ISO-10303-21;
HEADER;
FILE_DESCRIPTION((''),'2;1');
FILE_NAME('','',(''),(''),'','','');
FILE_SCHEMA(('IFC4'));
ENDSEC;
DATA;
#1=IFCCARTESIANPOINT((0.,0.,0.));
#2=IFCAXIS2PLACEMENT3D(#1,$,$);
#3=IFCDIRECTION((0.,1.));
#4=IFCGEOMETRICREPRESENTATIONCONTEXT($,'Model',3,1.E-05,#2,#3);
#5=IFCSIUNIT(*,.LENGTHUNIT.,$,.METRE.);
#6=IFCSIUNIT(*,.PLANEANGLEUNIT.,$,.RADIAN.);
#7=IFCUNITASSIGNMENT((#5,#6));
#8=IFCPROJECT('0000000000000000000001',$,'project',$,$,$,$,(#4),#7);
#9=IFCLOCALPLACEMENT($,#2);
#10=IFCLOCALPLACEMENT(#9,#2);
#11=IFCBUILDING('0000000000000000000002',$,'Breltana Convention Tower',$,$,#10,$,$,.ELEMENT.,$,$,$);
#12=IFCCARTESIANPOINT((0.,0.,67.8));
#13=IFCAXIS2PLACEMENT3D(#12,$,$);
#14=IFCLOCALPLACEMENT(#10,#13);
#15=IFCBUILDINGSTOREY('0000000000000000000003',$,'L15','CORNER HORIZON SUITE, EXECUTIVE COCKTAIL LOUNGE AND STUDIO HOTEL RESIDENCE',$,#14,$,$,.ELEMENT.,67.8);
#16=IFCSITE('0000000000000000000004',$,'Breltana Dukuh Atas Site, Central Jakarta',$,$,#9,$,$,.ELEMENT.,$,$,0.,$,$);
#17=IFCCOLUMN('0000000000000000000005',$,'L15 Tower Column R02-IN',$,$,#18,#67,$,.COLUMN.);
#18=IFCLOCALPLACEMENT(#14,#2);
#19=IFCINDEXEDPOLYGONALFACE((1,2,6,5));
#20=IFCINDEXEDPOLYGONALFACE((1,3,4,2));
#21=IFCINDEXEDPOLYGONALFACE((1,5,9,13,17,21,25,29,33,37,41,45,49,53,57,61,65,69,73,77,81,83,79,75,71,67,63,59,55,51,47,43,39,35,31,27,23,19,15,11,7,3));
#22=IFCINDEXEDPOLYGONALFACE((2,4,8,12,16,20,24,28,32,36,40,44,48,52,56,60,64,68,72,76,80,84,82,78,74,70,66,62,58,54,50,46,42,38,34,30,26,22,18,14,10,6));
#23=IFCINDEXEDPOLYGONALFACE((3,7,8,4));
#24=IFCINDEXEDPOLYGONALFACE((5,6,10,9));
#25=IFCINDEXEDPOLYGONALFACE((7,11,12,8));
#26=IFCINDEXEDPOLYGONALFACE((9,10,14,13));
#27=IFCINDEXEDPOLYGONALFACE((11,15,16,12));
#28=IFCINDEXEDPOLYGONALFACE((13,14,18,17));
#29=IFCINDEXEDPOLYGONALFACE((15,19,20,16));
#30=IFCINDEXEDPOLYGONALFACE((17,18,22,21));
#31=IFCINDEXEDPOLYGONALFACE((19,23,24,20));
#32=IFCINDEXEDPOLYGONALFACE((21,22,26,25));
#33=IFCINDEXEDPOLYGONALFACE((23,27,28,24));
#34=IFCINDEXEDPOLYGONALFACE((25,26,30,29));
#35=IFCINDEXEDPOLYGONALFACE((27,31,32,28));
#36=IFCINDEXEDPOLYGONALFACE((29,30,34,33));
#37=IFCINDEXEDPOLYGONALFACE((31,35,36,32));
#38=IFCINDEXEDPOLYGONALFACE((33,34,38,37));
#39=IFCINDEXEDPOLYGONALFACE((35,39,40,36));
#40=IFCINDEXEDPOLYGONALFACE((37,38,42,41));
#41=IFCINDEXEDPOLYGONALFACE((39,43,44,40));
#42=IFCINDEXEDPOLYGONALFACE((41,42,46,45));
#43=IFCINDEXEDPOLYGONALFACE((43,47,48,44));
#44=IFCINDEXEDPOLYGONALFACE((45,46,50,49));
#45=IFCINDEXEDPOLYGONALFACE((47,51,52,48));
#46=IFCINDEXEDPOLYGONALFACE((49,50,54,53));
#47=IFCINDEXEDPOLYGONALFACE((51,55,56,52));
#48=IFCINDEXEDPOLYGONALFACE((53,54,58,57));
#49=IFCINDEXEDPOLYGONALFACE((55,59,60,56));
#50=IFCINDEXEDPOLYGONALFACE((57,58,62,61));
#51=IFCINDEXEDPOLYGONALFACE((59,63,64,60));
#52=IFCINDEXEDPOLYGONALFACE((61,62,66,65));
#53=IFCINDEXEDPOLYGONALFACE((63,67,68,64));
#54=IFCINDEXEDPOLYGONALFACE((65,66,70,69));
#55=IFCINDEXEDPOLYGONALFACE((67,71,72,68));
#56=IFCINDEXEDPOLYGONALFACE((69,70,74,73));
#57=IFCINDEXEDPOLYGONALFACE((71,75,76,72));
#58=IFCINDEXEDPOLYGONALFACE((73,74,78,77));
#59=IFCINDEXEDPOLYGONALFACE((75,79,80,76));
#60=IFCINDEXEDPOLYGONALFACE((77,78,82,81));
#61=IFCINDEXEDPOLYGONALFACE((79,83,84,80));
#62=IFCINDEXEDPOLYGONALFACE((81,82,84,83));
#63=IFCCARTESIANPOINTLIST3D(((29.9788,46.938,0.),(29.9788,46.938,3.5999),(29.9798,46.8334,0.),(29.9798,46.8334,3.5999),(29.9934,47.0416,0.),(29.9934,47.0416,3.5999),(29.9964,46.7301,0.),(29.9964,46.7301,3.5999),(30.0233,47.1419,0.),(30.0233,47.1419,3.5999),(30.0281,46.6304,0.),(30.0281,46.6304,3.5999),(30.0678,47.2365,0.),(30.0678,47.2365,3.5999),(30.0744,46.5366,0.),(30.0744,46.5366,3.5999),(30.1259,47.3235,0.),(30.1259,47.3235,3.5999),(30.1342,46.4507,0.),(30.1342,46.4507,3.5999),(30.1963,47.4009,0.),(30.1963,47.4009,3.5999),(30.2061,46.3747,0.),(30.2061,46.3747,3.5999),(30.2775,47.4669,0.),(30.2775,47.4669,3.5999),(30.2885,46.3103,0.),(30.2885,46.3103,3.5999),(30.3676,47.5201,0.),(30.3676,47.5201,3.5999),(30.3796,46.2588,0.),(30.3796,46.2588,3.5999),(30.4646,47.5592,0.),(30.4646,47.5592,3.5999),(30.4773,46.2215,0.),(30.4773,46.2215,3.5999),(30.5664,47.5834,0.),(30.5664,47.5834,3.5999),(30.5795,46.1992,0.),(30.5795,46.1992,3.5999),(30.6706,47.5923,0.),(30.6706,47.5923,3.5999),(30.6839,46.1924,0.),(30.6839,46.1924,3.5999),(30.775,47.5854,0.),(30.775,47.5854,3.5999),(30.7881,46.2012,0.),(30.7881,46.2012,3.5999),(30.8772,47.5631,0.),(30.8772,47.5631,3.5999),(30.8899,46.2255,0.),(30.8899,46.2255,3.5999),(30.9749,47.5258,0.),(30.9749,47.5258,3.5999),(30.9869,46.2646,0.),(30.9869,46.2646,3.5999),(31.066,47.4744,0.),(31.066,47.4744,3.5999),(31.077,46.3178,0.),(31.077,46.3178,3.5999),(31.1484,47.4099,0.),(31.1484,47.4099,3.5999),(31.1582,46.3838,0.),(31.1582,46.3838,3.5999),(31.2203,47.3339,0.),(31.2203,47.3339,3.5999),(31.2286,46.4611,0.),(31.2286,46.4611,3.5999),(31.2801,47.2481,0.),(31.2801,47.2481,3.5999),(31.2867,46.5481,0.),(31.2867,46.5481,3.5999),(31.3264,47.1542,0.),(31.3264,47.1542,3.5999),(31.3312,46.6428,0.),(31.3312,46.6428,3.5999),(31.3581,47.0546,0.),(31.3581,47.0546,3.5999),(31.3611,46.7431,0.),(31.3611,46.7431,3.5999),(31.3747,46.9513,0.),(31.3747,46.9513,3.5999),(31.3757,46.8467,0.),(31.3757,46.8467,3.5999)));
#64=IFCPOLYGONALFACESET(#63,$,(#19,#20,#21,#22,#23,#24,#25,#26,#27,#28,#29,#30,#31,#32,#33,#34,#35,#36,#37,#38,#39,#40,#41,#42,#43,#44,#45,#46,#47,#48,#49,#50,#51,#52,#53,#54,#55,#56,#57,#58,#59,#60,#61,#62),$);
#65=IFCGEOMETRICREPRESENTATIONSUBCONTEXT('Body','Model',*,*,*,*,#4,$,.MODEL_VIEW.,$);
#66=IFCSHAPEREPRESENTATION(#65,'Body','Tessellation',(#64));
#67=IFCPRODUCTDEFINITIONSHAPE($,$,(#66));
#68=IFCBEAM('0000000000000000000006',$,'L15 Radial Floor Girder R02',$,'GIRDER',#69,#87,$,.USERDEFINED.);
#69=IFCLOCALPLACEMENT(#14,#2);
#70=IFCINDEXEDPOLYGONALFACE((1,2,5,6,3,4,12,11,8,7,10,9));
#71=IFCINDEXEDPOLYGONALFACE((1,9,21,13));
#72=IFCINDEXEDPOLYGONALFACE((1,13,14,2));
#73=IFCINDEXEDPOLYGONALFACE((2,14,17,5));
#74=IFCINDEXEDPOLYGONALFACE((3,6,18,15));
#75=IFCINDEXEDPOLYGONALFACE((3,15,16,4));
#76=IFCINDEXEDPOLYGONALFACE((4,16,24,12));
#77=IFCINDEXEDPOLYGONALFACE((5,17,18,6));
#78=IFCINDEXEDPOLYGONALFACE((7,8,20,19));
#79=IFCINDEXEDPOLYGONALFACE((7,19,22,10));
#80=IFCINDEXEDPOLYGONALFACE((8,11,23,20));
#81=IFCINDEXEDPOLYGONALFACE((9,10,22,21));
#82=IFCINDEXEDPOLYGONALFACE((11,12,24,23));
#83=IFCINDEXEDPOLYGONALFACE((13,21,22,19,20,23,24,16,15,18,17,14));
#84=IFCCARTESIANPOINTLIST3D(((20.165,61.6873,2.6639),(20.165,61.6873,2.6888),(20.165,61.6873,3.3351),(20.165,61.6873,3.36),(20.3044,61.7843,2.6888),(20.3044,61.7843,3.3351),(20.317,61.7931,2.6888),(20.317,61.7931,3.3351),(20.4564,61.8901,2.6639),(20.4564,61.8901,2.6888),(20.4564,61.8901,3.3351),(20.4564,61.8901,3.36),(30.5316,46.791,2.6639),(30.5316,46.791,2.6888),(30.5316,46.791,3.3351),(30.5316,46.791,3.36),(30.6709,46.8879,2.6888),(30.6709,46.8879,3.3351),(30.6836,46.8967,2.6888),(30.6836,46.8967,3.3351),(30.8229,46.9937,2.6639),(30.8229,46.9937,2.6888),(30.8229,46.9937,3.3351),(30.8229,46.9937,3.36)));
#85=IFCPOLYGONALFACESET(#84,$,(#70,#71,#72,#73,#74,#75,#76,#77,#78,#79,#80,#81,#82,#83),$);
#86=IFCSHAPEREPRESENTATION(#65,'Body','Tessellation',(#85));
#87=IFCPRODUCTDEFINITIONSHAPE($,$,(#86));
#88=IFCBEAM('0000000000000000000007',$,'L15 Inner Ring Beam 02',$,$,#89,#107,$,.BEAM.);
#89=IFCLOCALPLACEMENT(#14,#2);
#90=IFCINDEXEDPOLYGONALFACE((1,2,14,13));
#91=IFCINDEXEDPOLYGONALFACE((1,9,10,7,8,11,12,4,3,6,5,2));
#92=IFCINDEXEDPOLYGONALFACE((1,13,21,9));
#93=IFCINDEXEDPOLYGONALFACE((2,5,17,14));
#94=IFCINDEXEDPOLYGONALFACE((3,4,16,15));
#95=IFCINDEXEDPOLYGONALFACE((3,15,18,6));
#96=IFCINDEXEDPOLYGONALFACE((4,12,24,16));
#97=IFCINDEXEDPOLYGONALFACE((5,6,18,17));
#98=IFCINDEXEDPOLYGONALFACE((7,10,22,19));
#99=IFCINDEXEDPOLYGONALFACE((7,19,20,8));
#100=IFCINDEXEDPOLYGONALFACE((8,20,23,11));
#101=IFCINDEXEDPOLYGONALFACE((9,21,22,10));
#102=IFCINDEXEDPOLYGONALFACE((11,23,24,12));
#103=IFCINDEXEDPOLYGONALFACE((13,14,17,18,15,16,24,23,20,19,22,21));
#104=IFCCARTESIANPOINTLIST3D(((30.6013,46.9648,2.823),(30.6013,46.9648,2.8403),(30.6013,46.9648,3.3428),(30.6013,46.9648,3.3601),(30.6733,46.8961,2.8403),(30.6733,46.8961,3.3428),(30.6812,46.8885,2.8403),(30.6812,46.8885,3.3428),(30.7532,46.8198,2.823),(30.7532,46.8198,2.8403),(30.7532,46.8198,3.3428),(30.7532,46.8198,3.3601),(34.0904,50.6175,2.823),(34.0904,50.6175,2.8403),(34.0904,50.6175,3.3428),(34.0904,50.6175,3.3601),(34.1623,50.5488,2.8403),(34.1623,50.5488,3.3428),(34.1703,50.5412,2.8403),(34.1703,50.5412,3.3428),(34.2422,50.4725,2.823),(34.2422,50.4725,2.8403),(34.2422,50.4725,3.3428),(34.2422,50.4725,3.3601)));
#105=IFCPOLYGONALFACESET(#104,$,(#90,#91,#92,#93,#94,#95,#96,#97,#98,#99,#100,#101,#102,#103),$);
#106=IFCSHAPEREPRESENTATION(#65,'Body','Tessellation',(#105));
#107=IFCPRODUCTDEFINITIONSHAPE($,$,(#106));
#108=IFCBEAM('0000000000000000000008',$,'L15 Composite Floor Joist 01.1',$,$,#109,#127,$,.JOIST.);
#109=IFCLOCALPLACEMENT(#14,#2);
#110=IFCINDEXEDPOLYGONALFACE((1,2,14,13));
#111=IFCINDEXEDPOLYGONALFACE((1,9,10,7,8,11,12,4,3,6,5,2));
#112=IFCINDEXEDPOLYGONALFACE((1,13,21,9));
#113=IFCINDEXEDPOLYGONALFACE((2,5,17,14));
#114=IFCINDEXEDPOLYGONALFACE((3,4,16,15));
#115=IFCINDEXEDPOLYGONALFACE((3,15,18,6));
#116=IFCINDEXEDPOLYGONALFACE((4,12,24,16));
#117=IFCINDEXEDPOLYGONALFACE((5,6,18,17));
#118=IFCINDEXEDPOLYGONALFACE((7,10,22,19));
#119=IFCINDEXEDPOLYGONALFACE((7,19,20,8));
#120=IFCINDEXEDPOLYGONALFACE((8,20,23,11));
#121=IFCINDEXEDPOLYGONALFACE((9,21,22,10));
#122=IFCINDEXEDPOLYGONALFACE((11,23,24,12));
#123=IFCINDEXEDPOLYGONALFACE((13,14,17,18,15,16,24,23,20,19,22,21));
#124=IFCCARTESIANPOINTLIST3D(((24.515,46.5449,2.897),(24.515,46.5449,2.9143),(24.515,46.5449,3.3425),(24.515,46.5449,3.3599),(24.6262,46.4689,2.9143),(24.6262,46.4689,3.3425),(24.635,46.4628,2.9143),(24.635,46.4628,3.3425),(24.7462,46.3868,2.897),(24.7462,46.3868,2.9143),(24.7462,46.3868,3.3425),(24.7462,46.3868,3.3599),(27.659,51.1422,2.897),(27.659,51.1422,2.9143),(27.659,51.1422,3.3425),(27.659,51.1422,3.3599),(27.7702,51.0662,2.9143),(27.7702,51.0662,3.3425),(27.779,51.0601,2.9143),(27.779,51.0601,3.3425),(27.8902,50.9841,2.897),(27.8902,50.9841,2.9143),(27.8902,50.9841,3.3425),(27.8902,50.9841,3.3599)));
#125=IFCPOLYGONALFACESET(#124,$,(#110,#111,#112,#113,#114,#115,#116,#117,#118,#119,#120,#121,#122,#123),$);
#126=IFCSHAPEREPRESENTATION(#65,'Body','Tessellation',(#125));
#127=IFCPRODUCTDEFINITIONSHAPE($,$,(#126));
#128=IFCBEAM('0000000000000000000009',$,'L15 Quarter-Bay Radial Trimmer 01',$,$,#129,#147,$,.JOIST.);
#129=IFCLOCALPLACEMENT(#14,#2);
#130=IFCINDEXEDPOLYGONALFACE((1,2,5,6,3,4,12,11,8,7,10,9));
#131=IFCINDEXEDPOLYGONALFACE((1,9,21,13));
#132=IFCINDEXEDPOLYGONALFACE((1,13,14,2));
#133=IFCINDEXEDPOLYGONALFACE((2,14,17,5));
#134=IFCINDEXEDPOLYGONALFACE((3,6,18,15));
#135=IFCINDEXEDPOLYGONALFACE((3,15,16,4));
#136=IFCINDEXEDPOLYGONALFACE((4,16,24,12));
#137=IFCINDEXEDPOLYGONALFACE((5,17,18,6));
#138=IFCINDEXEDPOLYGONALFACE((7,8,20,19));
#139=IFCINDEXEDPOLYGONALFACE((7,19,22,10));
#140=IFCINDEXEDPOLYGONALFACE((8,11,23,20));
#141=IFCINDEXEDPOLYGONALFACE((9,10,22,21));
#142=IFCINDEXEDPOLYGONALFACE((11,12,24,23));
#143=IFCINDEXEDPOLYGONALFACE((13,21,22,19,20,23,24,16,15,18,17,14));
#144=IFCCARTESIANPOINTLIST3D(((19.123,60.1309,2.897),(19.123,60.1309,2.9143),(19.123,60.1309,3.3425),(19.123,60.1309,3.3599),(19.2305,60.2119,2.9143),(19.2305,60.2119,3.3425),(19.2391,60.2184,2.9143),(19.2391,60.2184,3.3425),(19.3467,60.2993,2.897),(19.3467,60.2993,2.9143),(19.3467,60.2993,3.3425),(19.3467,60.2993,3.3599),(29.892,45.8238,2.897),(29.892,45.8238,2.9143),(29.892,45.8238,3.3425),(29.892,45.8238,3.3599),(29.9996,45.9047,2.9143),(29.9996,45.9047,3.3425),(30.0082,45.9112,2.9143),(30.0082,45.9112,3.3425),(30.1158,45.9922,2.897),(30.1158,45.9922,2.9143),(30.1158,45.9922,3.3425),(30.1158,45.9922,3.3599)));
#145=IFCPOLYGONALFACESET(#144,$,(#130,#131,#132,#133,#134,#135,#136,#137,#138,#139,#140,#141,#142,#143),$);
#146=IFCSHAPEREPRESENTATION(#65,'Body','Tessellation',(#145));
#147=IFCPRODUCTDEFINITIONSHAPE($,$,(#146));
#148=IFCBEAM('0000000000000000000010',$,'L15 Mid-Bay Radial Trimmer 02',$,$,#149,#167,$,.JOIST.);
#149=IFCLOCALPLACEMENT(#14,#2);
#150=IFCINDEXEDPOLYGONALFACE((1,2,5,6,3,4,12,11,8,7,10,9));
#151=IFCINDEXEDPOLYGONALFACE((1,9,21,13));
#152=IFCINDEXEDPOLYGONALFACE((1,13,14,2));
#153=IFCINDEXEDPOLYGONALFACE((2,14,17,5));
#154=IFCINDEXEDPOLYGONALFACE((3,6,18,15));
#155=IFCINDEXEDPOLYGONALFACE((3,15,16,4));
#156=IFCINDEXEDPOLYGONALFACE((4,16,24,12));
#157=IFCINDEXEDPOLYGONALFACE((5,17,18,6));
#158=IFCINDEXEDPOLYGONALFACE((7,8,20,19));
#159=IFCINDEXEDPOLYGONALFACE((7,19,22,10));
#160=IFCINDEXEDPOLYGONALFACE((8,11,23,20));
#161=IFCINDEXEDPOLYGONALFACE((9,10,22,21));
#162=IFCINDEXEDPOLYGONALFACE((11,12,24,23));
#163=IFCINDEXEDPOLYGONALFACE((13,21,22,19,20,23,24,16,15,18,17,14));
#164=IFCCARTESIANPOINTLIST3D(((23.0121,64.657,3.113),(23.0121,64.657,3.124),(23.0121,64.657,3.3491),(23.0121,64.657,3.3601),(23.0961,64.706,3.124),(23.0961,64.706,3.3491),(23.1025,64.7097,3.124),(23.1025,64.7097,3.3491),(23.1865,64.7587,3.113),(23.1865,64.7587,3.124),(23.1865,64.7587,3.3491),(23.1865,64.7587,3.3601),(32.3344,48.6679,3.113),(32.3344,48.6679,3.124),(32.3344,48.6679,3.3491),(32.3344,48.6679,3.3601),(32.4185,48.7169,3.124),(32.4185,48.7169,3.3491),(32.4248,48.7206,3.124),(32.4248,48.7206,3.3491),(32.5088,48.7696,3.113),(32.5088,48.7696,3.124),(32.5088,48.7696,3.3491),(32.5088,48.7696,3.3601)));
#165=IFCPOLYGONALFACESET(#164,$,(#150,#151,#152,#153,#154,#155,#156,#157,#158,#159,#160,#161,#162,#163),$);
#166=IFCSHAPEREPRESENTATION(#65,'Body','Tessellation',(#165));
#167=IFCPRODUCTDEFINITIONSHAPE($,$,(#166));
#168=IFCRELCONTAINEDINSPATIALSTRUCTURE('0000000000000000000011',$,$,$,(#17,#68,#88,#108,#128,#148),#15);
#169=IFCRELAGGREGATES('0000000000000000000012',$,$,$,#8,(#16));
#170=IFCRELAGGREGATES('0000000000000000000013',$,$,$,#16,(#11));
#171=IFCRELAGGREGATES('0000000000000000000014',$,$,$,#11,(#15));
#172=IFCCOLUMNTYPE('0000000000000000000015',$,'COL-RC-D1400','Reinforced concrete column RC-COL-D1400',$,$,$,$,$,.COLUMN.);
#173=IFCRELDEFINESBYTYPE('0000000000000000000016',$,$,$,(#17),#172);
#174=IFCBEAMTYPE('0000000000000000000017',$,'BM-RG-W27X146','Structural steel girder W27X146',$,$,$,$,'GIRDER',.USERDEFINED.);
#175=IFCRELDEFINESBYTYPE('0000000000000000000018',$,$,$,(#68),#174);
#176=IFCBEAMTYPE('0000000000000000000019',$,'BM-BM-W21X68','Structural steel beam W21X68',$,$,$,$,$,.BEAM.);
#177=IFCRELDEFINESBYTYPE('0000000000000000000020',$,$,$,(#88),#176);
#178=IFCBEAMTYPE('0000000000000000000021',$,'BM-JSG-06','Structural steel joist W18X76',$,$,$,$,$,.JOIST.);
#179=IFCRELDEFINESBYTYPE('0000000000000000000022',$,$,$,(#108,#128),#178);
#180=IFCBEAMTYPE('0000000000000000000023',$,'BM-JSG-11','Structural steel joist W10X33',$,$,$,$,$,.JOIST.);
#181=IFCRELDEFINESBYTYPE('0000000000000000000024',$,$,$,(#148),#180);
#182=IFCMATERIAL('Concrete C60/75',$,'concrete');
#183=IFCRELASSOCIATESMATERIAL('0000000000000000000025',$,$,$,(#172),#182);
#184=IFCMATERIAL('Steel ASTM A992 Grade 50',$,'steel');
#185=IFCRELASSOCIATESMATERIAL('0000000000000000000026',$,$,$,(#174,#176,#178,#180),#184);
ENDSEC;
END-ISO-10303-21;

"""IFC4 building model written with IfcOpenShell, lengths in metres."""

from ifc_helpers import new_model, si_unit, direction, frame, origin, origin_2d, place, context, subcontext, project, spatial, circle, i_section, extrude, source, transform, mapped, material, material_profile, profile_set, type_object, type_shapes, element, save


model = new_model("IFC4")

# Units and contexts
model_context = context("Model", 3, precision=1e-05, world=origin(), true_north=direction((0.0, 1.0)))
body_context = subcontext(model_context, "Body", "Model", "MODEL_VIEW")
ifc_project = project(units=[si_unit("LENGTHUNIT", "METRE"), si_unit("PLANEANGLEUNIT", "RADIAN")], contexts=[model_context])

# Site, building, storey
site_placement = place(None, origin())
site = spatial("IfcSite", under=ifc_project, at=site_placement, Name="Breltana Dukuh Atas Site, Central Jakarta", CompositionType="ELEMENT", RefElevation=0.0)
building_placement = place(site_placement, origin())
building = spatial("IfcBuilding", under=site, at=building_placement, Name="Breltana Convention Tower", CompositionType="ELEMENT")
storey_placement = place(building_placement, frame((0.0, 0.0, 67.8)))
storey = spatial("IfcBuildingStorey", under=building, at=storey_placement, Name="L15", Description="CORNER HORIZON SUITE, EXECUTIVE COCKTAIL LOUNGE AND STUDIO HOTEL RESIDENCE", CompositionType="ELEMENT", Elevation=67.8)

# Column
ifc_material_1 = material(Name="Concrete C60/75", Category="concrete")
ifc_material_profile_1 = material_profile(ifc_material_1, circle(Radius=0.7, at=origin_2d()), Name="RC-COL-D1400")
ifc_profile_set_1 = profile_set([ifc_material_profile_1], Name="Concrete C60/75")
column_type = type_object("IfcColumnType", Name="COL-RC-D1400", Description="Reinforced concrete column RC-COL-D1400", PredefinedType="COLUMN", material=ifc_profile_set_1)
shared_shape_1 = source(origin(), body_context, "Body", "SweptSolid", [
    extrude(circle(Radius=0.7, at=origin_2d()), origin(), (0.0, 0.0, 1.0), 3.5999),
])
column_placement = place(storey_placement, frame((30.6772, 46.8923, 0.0), z_axis=(0.0, 0.0, 1.0), x_axis=(-0.571143, 0.82085, 0.0)))
element("IfcColumn", 1, at=column_placement, inside=storey, type_object=column_type, Name="L15 Tower Column R02-IN", PredefinedType="COLUMN", context=body_context, shape_type="MappedRepresentation", body=[
    mapped(shared_shape_1, transform((0.0, 0.0, 0.0), scale=1.0)),
])

# Beams
ifc_material_2 = material(Name="Steel ASTM A992 Grade 50", Category="steel")
ifc_material_profile_2 = material_profile(ifc_material_2, i_section(OverallWidth=0.355, OverallDepth=0.696, WebThickness=0.0154, FlangeThickness=0.0249, at=origin_2d()), Name="W27X146")
ifc_profile_set_2 = profile_set([ifc_material_profile_2], Name="Steel ASTM A992 Grade 50")
beam_type_1 = type_object("IfcBeamType", Name="BM-RG-W27X146", Description="Structural steel girder W27X146", ElementType="GIRDER", PredefinedType="USERDEFINED", material=ifc_profile_set_2)
shared_shape_2 = source(origin(), body_context, "Body", "SweptSolid", [
    extrude(i_section(OverallWidth=0.355, OverallDepth=0.696, WebThickness=0.0154, FlangeThickness=0.0249, at=origin_2d()), origin(), (0.0, 0.0, 1.0), 18.1484),
])
beam_1_placement = place(storey_placement, frame((30.6772, 46.8923, 3.012), z_axis=(-0.571208, 0.820806, 0.0), x_axis=(-0.820806, -0.571208, 0.0)))
element("IfcBeam", 2, at=beam_1_placement, inside=storey, type_object=beam_type_1, Name="L15 Radial Floor Girder R02", ObjectType="GIRDER", PredefinedType="USERDEFINED", context=body_context, shape_type="MappedRepresentation", body=[
    mapped(shared_shape_2, transform((0.0, 0.0, 0.0), scale=1.0)),
])
ifc_material_profile_3 = material_profile(ifc_material_2, i_section(OverallWidth=0.21, OverallDepth=0.5371, WebThickness=0.011, FlangeThickness=0.0173, at=origin_2d()), Name="W21X68")
ifc_profile_set_3 = profile_set([ifc_material_profile_3], Name="Steel ASTM A992 Grade 50")
beam_type_2 = type_object("IfcBeamType", Name="BM-BM-W21X68", Description="Structural steel beam W21X68", PredefinedType="BEAM", material=ifc_profile_set_3)
shared_shape_3 = source(origin(), body_context, "Body", "SweptSolid", [
    extrude(i_section(OverallWidth=0.21, OverallDepth=0.5371, WebThickness=0.011, FlangeThickness=0.0173, at=origin_2d()), origin(), (0.0, 0.0, 1.0), 5.0513),
])
beam_2_placement = place(storey_placement, frame((30.6772, 46.8923, 3.0916), z_axis=(0.69073, 0.723113, 0.0), x_axis=(-0.723113, 0.69073, 0.0)))
element("IfcBeam", 3, at=beam_2_placement, inside=storey, type_object=beam_type_2, Name="L15 Inner Ring Beam 02", PredefinedType="BEAM", context=body_context, shape_type="MappedRepresentation", body=[
    mapped(shared_shape_3, transform((0.0, 0.0, 0.0), scale=1.0)),
])
ifc_material_profile_4 = material_profile(ifc_material_2, i_section(OverallWidth=0.28, OverallDepth=0.4629, WebThickness=0.0107, FlangeThickness=0.0173, at=origin_2d()), Name="W18X76")
ifc_profile_set_4 = profile_set([ifc_material_profile_4], Name="Steel ASTM A992 Grade 50")
beam_type_3 = type_object("IfcBeamType", Name="BM-JSG-06", Description="Structural steel joist W18X76", PredefinedType="JOIST", material=ifc_profile_set_4)
shared_shape_4 = source(origin(), body_context, "Body", "SweptSolid", [
    extrude(i_section(OverallWidth=0.28, OverallDepth=0.4629, WebThickness=0.0107, FlangeThickness=0.0173, at=origin_2d()), origin(), (0.0, 0.0, 1.0), 5.5696),
])
type_shapes(beam_type_3, [shared_shape_4])
beam_3_placement = place(storey_placement, frame((24.6306, 46.4658, 3.1284), z_axis=(0.564494, 0.825437, 0.0), x_axis=(-0.825437, 0.564494, 0.0)))
element("IfcBeam", 4, at=beam_3_placement, inside=storey, type_object=beam_type_3, Name="L15 Composite Floor Joist 01.1", PredefinedType="JOIST", context=body_context, shape_type="MappedRepresentation", body=[
    mapped(shared_shape_4, transform((0.0, 0.0, 0.0), scale=1.0)),
])
shared_shape_5 = source(origin(), body_context, "Body", "SweptSolid", [
    extrude(i_section(OverallWidth=0.28, OverallDepth=0.4629, WebThickness=0.0107, FlangeThickness=0.0173, at=origin_2d()), origin(), (0.0, 0.0, 1.0), 17.9072),
])
beam_4_placement = place(storey_placement, frame((30.0039, 45.908, 3.1284), z_axis=(-0.601382, 0.798962, 0.0), x_axis=(-0.798962, -0.601382, 0.0)))
element("IfcBeam", 5, at=beam_4_placement, inside=storey, type_object=beam_type_3, Name="L15 Quarter-Bay Radial Trimmer 01", PredefinedType="JOIST", context=body_context, shape_type="MappedRepresentation", body=[
    mapped(shared_shape_5, transform((0.0, 0.0, 0.0), scale=1.0)),
])
ifc_material_profile_5 = material_profile(ifc_material_2, i_section(OverallWidth=0.2019, OverallDepth=0.2471, WebThickness=0.0073, FlangeThickness=0.011, at=origin_2d()), Name="W10X33")
ifc_profile_set_5 = profile_set([ifc_material_profile_5], Name="Steel ASTM A992 Grade 50")
beam_type_4 = type_object("IfcBeamType", Name="BM-JSG-11", Description="Structural steel joist W10X33", PredefinedType="JOIST", material=ifc_profile_set_5)
shared_shape_6 = source(origin(), body_context, "Body", "SweptSolid", [
    extrude(i_section(OverallWidth=0.2019, OverallDepth=0.2471, WebThickness=0.0073, FlangeThickness=0.011, at=origin_2d()), origin(), (0.0, 0.0, 1.0), 18.5083),
])
beam_5_placement = place(storey_placement, frame((32.4216, 48.7188, 3.2366), z_axis=(-0.503683, 0.863888, 0.0), x_axis=(-0.863888, -0.503683, 0.0)))
element("IfcBeam", 6, at=beam_5_placement, inside=storey, type_object=beam_type_4, Name="L15 Mid-Bay Radial Trimmer 02", PredefinedType="JOIST", context=body_context, shape_type="MappedRepresentation", body=[
    mapped(shared_shape_6, transform((0.0, 0.0, 0.0), scale=1.0)),
])

save(model, "model.ifc")
